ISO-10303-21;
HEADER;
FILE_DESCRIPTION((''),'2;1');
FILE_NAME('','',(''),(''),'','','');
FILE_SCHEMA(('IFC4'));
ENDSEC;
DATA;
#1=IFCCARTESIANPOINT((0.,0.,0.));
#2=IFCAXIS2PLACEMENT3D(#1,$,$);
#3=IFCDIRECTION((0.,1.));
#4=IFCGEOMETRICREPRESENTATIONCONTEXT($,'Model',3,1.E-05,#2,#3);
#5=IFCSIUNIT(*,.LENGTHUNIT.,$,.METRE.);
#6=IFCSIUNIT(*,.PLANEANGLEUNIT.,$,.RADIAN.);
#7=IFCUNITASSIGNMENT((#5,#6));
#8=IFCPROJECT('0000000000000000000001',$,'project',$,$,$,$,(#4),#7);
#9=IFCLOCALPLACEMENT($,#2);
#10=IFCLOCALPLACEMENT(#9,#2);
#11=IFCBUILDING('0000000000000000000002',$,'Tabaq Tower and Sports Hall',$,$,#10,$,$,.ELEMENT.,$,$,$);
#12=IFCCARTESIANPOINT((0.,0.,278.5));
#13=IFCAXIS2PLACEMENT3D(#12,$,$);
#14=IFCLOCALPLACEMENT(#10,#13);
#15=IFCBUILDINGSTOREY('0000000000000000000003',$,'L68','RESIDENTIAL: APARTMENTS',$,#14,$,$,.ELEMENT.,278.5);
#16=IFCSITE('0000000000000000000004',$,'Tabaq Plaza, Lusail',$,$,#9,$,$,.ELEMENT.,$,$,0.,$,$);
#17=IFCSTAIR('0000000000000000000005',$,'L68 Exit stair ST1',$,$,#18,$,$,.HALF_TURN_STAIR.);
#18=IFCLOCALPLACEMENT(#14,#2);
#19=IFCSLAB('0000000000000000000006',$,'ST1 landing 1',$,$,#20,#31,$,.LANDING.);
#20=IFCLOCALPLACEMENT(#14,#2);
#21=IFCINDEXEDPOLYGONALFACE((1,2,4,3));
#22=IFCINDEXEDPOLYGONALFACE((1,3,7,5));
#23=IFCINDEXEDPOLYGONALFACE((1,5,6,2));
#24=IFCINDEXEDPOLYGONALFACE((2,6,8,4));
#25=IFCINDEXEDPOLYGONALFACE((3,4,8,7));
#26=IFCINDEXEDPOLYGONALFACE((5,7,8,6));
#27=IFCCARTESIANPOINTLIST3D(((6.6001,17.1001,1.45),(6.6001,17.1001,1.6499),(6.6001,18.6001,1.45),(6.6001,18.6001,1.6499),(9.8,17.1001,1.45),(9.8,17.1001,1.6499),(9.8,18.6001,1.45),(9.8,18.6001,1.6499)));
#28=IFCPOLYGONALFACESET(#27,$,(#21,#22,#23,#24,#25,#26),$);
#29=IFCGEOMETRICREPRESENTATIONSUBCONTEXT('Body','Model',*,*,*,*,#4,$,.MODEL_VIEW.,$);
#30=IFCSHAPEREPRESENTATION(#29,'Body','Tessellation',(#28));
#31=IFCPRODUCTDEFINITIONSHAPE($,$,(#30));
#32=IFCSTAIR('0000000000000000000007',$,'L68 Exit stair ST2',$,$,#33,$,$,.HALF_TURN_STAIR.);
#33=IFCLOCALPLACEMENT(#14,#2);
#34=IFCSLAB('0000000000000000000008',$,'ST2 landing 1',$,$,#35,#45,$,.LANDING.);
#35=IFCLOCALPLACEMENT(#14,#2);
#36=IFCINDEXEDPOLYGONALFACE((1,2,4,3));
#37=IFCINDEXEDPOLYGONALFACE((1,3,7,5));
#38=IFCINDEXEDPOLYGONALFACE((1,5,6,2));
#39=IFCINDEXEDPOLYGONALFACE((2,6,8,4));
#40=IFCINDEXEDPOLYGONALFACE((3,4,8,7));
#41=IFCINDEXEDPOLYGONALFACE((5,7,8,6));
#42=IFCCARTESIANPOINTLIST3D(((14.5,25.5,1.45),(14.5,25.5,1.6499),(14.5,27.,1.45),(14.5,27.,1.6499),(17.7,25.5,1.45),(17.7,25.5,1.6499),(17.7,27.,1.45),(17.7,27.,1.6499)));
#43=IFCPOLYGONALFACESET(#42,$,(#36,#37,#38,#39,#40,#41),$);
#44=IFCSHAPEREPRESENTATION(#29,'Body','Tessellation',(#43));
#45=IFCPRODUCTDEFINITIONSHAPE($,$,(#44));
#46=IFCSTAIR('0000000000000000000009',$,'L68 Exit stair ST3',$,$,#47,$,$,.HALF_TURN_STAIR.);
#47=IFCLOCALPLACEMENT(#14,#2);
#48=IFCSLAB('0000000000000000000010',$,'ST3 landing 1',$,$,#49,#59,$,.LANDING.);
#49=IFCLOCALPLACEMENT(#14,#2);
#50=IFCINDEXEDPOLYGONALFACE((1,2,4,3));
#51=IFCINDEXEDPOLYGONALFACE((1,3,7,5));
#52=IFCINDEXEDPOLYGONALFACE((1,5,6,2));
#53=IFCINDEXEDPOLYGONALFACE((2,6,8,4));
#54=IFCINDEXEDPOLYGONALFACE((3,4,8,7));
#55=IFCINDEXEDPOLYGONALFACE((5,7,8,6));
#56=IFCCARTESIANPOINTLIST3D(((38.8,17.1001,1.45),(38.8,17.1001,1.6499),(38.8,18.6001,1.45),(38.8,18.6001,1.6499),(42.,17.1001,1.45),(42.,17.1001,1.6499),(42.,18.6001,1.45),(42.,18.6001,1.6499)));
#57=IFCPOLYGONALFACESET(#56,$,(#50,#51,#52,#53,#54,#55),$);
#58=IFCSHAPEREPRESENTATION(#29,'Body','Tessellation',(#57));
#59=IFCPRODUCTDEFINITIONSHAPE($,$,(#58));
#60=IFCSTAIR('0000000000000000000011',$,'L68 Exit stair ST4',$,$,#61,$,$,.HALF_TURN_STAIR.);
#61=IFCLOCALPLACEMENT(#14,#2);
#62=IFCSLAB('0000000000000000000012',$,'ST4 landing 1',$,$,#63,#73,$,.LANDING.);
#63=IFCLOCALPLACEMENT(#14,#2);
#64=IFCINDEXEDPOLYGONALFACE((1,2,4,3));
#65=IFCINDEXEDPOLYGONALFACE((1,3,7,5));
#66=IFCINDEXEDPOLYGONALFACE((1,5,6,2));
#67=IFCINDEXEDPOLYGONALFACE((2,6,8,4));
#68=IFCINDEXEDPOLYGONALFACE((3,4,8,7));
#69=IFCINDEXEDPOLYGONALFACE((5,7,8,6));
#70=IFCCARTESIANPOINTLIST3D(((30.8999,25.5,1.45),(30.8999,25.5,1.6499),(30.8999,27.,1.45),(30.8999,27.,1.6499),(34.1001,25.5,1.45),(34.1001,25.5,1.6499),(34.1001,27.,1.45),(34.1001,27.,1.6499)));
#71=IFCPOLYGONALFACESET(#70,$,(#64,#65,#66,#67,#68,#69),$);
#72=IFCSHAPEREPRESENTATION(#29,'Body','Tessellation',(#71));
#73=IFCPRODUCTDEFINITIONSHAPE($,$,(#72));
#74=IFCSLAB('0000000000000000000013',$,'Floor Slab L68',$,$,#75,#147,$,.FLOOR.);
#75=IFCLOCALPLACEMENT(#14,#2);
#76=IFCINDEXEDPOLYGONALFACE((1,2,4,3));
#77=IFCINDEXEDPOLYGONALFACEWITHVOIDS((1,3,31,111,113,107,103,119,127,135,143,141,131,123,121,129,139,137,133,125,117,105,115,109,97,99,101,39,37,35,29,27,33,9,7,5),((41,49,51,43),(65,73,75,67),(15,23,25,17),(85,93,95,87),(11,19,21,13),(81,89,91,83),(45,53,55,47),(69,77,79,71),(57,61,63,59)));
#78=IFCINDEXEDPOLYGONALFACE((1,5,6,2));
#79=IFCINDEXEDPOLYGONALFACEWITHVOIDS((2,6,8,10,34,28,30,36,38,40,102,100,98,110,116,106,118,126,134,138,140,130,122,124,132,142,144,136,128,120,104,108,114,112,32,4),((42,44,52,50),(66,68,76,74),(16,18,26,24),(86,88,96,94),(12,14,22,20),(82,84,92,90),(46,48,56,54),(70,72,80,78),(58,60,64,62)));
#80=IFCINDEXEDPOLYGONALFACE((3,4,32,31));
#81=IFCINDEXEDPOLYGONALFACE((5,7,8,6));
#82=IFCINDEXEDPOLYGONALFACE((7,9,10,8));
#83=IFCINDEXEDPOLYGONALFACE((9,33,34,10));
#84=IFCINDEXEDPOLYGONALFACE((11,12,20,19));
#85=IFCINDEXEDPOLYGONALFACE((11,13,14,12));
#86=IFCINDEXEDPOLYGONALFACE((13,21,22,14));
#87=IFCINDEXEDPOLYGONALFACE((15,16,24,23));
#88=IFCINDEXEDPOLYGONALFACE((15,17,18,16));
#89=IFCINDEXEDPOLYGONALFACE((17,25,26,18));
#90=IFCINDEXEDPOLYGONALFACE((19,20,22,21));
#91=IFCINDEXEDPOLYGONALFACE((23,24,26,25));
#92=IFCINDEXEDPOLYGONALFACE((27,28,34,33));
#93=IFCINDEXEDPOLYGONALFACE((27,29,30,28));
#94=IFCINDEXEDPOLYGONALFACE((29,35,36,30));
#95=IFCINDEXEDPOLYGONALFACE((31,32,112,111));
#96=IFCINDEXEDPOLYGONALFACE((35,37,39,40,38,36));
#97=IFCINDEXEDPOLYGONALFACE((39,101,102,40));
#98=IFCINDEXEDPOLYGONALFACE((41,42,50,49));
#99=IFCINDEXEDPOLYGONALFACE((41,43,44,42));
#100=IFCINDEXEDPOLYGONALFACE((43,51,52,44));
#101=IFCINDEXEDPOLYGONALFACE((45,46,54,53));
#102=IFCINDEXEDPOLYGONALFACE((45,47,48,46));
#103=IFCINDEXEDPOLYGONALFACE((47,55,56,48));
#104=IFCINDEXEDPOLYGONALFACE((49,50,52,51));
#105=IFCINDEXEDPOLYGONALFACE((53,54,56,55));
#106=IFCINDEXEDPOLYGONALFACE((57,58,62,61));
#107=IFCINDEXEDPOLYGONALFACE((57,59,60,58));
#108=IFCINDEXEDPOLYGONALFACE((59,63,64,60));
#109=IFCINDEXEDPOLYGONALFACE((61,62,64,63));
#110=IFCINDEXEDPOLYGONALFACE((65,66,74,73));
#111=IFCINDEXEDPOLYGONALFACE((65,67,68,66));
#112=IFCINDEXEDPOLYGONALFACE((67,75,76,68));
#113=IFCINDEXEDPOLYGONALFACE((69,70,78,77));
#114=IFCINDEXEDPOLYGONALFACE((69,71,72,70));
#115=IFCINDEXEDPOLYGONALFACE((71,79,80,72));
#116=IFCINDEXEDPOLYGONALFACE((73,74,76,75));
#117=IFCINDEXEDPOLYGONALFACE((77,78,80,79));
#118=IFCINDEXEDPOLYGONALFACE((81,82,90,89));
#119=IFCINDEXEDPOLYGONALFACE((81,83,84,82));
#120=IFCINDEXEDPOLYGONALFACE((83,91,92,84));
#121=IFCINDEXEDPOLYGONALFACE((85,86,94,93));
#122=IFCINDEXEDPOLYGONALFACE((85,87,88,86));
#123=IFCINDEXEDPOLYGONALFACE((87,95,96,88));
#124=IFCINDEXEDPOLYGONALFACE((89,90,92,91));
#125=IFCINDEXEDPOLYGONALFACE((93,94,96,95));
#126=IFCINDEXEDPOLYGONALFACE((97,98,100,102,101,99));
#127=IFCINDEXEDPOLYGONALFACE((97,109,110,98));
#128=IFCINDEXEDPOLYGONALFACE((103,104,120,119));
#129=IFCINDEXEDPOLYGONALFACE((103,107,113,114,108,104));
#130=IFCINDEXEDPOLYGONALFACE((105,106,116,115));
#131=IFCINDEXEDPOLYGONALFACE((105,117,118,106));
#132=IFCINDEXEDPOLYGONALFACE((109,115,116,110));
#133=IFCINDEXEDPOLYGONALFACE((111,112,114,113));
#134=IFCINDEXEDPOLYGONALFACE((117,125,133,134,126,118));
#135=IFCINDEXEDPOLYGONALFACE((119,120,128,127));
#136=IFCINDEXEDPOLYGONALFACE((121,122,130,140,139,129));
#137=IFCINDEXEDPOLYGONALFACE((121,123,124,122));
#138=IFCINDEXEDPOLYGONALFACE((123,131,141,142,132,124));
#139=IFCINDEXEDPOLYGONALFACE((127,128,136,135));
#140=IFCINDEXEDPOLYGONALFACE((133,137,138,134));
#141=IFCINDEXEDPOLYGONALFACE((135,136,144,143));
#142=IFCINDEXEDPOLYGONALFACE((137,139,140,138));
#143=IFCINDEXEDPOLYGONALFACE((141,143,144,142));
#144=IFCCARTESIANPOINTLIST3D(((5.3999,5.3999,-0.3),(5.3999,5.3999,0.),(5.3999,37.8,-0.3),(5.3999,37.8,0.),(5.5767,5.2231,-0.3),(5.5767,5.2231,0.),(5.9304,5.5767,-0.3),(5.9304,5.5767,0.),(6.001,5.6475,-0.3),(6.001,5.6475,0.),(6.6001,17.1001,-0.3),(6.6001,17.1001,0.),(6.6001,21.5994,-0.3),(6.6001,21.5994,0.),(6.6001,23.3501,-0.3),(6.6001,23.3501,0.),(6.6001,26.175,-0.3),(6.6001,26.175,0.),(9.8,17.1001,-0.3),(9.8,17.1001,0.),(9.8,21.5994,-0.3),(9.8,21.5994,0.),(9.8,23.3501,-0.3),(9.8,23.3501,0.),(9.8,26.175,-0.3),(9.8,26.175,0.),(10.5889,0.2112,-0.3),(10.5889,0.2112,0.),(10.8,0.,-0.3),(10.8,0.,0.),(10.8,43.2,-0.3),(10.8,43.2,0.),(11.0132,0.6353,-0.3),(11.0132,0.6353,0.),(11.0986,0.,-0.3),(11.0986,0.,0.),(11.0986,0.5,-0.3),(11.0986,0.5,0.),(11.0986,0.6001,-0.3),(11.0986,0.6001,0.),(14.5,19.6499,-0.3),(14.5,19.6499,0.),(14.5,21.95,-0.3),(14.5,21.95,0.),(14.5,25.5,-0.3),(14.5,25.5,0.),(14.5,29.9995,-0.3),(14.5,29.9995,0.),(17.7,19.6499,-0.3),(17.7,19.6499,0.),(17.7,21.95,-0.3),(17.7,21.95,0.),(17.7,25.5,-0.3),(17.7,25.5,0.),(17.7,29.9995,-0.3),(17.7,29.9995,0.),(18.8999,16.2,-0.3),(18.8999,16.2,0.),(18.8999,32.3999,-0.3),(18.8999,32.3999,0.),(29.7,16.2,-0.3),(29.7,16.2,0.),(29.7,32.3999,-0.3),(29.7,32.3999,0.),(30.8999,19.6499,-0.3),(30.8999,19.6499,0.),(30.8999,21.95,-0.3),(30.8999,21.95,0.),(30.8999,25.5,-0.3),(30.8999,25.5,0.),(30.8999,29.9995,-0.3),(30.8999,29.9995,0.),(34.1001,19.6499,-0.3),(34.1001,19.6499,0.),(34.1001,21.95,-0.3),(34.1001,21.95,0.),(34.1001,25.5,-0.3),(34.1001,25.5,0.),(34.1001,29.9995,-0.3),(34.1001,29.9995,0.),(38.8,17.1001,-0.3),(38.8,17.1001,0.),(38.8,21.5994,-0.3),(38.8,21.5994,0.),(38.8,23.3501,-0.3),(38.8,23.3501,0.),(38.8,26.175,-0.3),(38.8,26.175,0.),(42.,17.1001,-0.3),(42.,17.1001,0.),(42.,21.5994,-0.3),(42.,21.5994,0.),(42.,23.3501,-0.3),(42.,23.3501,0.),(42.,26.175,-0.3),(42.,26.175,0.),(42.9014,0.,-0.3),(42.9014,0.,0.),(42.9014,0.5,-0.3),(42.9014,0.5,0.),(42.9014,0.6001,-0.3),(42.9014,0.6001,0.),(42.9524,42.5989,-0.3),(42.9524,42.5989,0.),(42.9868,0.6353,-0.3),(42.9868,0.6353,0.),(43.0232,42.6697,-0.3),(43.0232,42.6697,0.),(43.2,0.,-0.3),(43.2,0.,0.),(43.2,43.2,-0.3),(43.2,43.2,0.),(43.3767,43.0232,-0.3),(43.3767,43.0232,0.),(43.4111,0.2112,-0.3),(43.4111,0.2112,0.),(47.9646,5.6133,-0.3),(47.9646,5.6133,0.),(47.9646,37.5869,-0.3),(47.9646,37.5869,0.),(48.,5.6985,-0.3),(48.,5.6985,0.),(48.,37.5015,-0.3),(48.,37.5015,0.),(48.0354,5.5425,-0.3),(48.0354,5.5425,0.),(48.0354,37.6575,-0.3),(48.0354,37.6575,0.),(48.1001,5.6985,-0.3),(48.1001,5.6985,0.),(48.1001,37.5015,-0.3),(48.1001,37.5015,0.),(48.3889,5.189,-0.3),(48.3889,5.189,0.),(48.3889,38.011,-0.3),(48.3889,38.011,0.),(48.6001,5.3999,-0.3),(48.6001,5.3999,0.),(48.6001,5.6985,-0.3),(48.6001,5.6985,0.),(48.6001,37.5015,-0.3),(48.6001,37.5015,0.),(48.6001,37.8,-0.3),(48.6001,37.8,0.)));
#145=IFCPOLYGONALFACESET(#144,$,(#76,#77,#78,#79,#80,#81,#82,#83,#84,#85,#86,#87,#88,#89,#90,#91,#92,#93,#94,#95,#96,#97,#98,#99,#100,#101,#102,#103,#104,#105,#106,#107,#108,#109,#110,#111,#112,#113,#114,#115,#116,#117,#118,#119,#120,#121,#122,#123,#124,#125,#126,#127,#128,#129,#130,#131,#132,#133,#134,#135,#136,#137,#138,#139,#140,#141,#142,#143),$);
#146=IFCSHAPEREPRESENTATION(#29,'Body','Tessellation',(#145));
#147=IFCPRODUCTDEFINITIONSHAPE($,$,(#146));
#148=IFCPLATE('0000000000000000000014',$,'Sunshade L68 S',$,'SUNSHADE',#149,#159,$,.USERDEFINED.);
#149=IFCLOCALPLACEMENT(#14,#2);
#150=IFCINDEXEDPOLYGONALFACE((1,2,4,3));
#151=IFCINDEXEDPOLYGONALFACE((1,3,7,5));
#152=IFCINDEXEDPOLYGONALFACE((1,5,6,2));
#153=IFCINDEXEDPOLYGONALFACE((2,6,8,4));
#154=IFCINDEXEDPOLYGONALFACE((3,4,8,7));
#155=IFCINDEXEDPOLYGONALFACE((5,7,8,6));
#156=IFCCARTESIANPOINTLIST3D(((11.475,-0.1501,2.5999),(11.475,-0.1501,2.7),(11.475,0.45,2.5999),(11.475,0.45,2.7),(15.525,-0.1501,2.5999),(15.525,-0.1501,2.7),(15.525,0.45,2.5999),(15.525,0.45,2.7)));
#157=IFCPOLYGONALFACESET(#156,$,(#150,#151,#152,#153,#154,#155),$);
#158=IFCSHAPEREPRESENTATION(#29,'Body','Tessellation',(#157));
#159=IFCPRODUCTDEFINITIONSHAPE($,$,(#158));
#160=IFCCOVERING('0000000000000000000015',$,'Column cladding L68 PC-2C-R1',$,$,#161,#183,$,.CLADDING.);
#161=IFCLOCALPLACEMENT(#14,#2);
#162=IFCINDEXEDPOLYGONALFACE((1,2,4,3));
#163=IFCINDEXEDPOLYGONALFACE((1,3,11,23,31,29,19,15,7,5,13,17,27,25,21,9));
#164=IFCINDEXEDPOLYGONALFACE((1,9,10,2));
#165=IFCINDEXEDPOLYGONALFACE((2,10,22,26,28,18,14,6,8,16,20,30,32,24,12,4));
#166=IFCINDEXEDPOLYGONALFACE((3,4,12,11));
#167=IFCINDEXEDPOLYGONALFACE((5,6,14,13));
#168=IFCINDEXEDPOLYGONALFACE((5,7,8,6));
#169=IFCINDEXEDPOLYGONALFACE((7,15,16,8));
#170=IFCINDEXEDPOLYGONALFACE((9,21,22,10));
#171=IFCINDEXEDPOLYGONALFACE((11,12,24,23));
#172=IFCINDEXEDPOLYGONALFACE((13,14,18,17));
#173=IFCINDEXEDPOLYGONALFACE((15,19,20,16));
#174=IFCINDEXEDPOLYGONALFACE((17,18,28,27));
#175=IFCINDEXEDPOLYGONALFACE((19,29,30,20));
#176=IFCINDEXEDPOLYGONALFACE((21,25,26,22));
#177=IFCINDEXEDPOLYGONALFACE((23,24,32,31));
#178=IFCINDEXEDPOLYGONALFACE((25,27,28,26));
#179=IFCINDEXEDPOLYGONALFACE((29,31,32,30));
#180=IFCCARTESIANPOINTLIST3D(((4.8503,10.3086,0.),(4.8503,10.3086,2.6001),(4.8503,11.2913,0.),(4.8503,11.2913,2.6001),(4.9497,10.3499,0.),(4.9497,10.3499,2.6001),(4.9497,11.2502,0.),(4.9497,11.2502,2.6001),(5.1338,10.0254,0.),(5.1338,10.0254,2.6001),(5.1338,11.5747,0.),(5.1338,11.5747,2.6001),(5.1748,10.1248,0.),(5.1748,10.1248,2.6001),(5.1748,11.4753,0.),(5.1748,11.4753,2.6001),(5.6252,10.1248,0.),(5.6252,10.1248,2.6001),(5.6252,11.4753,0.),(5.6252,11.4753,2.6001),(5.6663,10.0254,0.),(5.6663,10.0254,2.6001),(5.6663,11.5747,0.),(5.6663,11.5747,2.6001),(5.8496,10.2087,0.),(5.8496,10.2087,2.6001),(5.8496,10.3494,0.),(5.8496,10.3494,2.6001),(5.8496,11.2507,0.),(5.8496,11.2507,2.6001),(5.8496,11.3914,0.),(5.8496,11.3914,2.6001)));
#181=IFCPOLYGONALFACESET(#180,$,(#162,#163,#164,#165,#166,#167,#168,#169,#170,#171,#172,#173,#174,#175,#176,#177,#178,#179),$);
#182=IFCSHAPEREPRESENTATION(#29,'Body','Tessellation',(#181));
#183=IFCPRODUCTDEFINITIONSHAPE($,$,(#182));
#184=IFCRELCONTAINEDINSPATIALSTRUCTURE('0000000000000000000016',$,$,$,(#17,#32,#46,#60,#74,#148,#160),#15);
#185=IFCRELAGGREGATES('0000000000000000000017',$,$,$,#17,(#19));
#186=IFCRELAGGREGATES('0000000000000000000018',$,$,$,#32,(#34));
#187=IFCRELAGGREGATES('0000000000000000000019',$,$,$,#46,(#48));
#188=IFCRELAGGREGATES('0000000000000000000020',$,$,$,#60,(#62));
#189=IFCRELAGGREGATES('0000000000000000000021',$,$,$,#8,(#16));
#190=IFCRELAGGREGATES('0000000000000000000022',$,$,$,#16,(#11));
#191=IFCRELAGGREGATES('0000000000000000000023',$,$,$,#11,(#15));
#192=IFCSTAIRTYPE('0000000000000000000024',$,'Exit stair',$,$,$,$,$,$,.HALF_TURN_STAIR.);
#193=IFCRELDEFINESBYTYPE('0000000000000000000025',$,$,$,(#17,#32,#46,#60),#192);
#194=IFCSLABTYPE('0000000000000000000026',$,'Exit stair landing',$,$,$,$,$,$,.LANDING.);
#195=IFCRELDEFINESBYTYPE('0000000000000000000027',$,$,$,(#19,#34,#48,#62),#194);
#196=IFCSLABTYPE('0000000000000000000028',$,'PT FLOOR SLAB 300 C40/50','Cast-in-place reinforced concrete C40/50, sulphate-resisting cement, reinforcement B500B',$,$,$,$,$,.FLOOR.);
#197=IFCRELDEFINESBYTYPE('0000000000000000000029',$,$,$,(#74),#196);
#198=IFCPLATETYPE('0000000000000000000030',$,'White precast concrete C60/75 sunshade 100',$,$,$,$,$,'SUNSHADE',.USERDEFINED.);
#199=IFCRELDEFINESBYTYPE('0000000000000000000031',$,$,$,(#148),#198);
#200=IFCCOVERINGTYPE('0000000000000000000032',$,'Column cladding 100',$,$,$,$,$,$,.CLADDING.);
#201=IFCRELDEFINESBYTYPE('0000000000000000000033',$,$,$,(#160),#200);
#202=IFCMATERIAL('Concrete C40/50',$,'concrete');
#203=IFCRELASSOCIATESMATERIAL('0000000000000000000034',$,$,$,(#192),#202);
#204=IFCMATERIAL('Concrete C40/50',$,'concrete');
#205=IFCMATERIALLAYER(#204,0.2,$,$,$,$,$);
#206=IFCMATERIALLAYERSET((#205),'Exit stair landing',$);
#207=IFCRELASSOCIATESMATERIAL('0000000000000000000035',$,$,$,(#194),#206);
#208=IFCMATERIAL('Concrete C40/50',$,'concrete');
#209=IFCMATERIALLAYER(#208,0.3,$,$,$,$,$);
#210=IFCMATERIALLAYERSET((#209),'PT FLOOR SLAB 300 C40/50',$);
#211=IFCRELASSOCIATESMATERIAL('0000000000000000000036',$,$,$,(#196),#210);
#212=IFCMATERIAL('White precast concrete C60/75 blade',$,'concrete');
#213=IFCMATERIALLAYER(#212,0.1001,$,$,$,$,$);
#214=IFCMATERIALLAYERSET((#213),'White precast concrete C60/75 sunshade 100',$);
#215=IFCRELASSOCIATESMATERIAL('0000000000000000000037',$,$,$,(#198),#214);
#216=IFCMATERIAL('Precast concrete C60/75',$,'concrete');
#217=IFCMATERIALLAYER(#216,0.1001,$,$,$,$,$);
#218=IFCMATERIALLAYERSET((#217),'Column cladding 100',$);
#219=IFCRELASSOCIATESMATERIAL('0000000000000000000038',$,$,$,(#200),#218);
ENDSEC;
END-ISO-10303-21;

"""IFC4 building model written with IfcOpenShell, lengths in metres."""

from ifc_helpers import new_model, si_unit, direction, frame, origin, origin_2d, place, context, subcontext, project, spatial, polyline, rectangle, outline, extrude, material, layer, layer_set, type_object, element, aggregate, save


model = new_model("IFC4")

# Units and contexts
model_context = context("Model", 3, precision=1e-05, world=origin(), true_north=direction((0.0, 1.0)))
body_context = subcontext(model_context, "Body", "Model", "MODEL_VIEW")
ifc_project = project(units=[si_unit("LENGTHUNIT", "METRE"), si_unit("PLANEANGLEUNIT", "RADIAN")], contexts=[model_context])

# Site, building, storey
site_placement = place(None, origin())
site = spatial("IfcSite", under=ifc_project, at=site_placement, Name="Tabaq Plaza, Lusail", CompositionType="ELEMENT", RefElevation=0.0)
building_placement = place(site_placement, origin())
building = spatial("IfcBuilding", under=site, at=building_placement, Name="Tabaq Tower and Sports Hall", CompositionType="ELEMENT")
storey_placement = place(building_placement, frame((0.0, 0.0, 278.5)))
storey = spatial("IfcBuildingStorey", under=building, at=storey_placement, Name="L68", Description="RESIDENTIAL: APARTMENTS", CompositionType="ELEMENT", Elevation=278.5)

# Stairs, slabs
ifc_material_1 = material(Name="Concrete C40/50", Category="concrete")
stair_type = type_object("IfcStairType", Name="Exit stair", PredefinedType="HALF_TURN_STAIR", material=ifc_material_1)
stair_1_placement = place(storey_placement, origin())
stair_1 = element("IfcStair", 1, at=stair_1_placement, inside=storey, type_object=stair_type, Name="L68 Exit stair ST1", PredefinedType="HALF_TURN_STAIR")
ifc_material_2 = material(Name="Concrete C40/50", Category="concrete")
ifc_layer_1 = layer(ifc_material_2, 0.2)
ifc_layer_set_1 = layer_set([ifc_layer_1], Name="Exit stair landing")
slab_type_1 = type_object("IfcSlabType", Name="Exit stair landing", PredefinedType="LANDING", material=ifc_layer_set_1)
slab_1_placement = place(storey_placement, frame((0.0, 0.0, 1.45)))
slab_1 = element("IfcSlab", 2, at=slab_1_placement, type_object=slab_type_1, Name="ST1 landing 1", PredefinedType="LANDING", context=body_context, shape_type="SweptSolid", body=[
    extrude(outline(polyline([(6.6001, 18.6001), (6.6001, 17.1001), (9.8, 17.1001), (9.8, 18.6001), (6.6001, 18.6001)])), origin(), (0.0, 0.0, 1.0), 0.2),
])
aggregate(stair_1, [slab_1])
stair_2_placement = place(storey_placement, origin())
stair_2 = element("IfcStair", 3, at=stair_2_placement, inside=storey, type_object=stair_type, Name="L68 Exit stair ST2", PredefinedType="HALF_TURN_STAIR")
slab_2_placement = place(storey_placement, frame((0.0, 0.0, 1.45)))
slab_2 = element("IfcSlab", 4, at=slab_2_placement, type_object=slab_type_1, Name="ST2 landing 1", PredefinedType="LANDING", context=body_context, shape_type="SweptSolid", body=[
    extrude(outline(polyline([(14.5, 27.0), (14.5, 25.5), (17.7, 25.5), (17.7, 27.0), (14.5, 27.0)])), origin(), (0.0, 0.0, 1.0), 0.2),
])
aggregate(stair_2, [slab_2])
stair_3_placement = place(storey_placement, origin())
stair_3 = element("IfcStair", 5, at=stair_3_placement, inside=storey, type_object=stair_type, Name="L68 Exit stair ST3", PredefinedType="HALF_TURN_STAIR")
slab_3_placement = place(storey_placement, frame((0.0, 0.0, 1.45)))
slab_3 = element("IfcSlab", 6, at=slab_3_placement, type_object=slab_type_1, Name="ST3 landing 1", PredefinedType="LANDING", context=body_context, shape_type="SweptSolid", body=[
    extrude(outline(polyline([(38.8, 18.6001), (38.8, 17.1001), (42.0, 17.1001), (42.0, 18.6001), (38.8, 18.6001)])), origin(), (0.0, 0.0, 1.0), 0.2),
])
aggregate(stair_3, [slab_3])
stair_4_placement = place(storey_placement, origin())
stair_4 = element("IfcStair", 7, at=stair_4_placement, inside=storey, type_object=stair_type, Name="L68 Exit stair ST4", PredefinedType="HALF_TURN_STAIR")
slab_4_placement = place(storey_placement, frame((0.0, 0.0, 1.45)))
slab_4 = element("IfcSlab", 8, at=slab_4_placement, type_object=slab_type_1, Name="ST4 landing 1", PredefinedType="LANDING", context=body_context, shape_type="SweptSolid", body=[
    extrude(outline(polyline([(30.8999, 27.0), (30.8999, 25.5), (34.1001, 25.5), (34.1001, 27.0), (30.8999, 27.0)])), origin(), (0.0, 0.0, 1.0), 0.2),
])
aggregate(stair_4, [slab_4])

# Slab
ifc_material_3 = material(Name="Concrete C40/50", Category="concrete")
ifc_layer_2 = layer(ifc_material_3, 0.3)
ifc_layer_set_2 = layer_set([ifc_layer_2], Name="PT FLOOR SLAB 300 C40/50")
slab_type_2 = type_object("IfcSlabType", Name="PT FLOOR SLAB 300 C40/50", Description="Cast-in-place reinforced concrete C40/50, sulphate-resisting cement, reinforcement B500B", PredefinedType="FLOOR", material=ifc_layer_set_2)
slab_5_placement = place(storey_placement, frame((0.0, 0.0, -0.3)))
element("IfcSlab", 9, at=slab_5_placement, inside=storey, type_object=slab_type_2, Name="Floor Slab L68", PredefinedType="FLOOR", context=body_context, shape_type="SweptSolid", body=[
    extrude(outline(polyline([(5.3999, 37.8), (5.3999, 5.3999), (5.5767, 5.2231), (5.9304, 5.5767), (6.001, 5.6475), (11.0132, 0.6353), (10.5889, 0.2112), (10.8, 0.0), (11.0986, 0.0), (11.0986, 0.5), (11.0986, 0.6001), (42.9014, 0.6001), (42.9014, 0.5), (42.9014, 0.0), (43.2, 0.0), (43.4111, 0.2112), (42.9868, 0.6353), (47.9646, 5.6133), (48.0354, 5.5425), (48.3889, 5.189), (48.6001, 5.3999), (48.6001, 5.6985), (48.1001, 5.6985), (48.0, 5.6985), (48.0, 37.5015), (48.1001, 37.5015), (48.6001, 37.5015), (48.6001, 37.8), (48.3889, 38.011), (48.0354, 37.6575), (47.9646, 37.5869), (42.9524, 42.5989), (43.0232, 42.6697), (43.3767, 43.0232), (43.2, 43.2), (10.8, 43.2), (5.3999, 37.8)]), holes=[polyline([(6.6001, 21.5994), (9.8, 21.5994), (9.8, 17.1001), (6.6001, 17.1001), (6.6001, 21.5994)]), polyline([(38.8, 21.5994), (42.0, 21.5994), (42.0, 17.1001), (38.8, 17.1001), (38.8, 21.5994)]), polyline([(14.5, 21.95), (17.7, 21.95), (17.7, 19.6499), (14.5, 19.6499), (14.5, 21.95)]), polyline([(30.8999, 21.95), (34.1001, 21.95), (34.1001, 19.6499), (30.8999, 19.6499), (30.8999, 21.95)]), polyline([(18.8999, 16.2), (18.8999, 32.3999), (29.7, 32.3999), (29.7, 16.2), (18.8999, 16.2)]), polyline([(6.6001, 26.175), (9.8, 26.175), (9.8, 23.3501), (6.6001, 23.3501), (6.6001, 26.175)]), polyline([(38.8, 26.175), (42.0, 26.175), (42.0, 23.3501), (38.8, 23.3501), (38.8, 26.175)]), polyline([(17.7, 29.9995), (17.7, 25.5), (14.5, 25.5), (14.5, 29.9995), (17.7, 29.9995)]), polyline([(34.1001, 29.9995), (34.1001, 25.5), (30.8999, 25.5), (30.8999, 29.9995), (34.1001, 29.9995)])]), origin(), (0.0, 0.0, 1.0), 0.3),
])

# Plate
ifc_material_4 = material(Name="White precast concrete C60/75 blade", Category="concrete")
ifc_layer_3 = layer(ifc_material_4, 0.1001)
ifc_layer_set_3 = layer_set([ifc_layer_3], Name="White precast concrete C60/75 sunshade 100")
plate_type = type_object("IfcPlateType", Name="White precast concrete C60/75 sunshade 100", ElementType="SUNSHADE", PredefinedType="USERDEFINED", material=ifc_layer_set_3)
plate_placement = place(storey_placement, frame((13.5, 0.1499, 2.5999), z_axis=(0.0, 0.0, 1.0), x_axis=(1.0, 0.0, 0.0)))
element("IfcPlate", 10, at=plate_placement, inside=storey, type_object=plate_type, Name="Sunshade L68 S", ObjectType="SUNSHADE", PredefinedType="USERDEFINED", context=body_context, shape_type="SweptSolid", body=[
    extrude(rectangle(XDim=4.05, YDim=0.6001, at=origin_2d()), origin(), (0.0, 0.0, 1.0), 0.1001),
])

# Covering
ifc_material_5 = material(Name="Precast concrete C60/75", Category="concrete")
ifc_layer_4 = layer(ifc_material_5, 0.1001)
ifc_layer_set_4 = layer_set([ifc_layer_4], Name="Column cladding 100")
covering_type_1 = type_object("IfcCoveringType", Name="Column cladding 100", PredefinedType="CLADDING", material=ifc_layer_set_4)
covering_1_placement = place(storey_placement, origin())
element("IfcCovering", 11, at=covering_1_placement, inside=storey, type_object=covering_type_1, Name="Column cladding L68 PC-2C-R1", PredefinedType="CLADDING", context=body_context, shape_type="SweptSolid", body=[
    extrude(outline(polyline([(5.1338, 10.0254), (4.8503, 10.3086), (4.8503, 11.2913), (5.1338, 11.5747), (5.6663, 11.5747), (5.8496, 11.3914), (5.8496, 11.2507), (5.6252, 11.4753), (5.1748, 11.4753), (4.9497, 11.2502), (4.9497, 10.3499), (5.1748, 10.1248), (5.6252, 10.1248), (5.8496, 10.3494), (5.8496, 10.2087), (5.6663, 10.0254), (5.1338, 10.0254)])), origin(), (0.0, 0.0, 1.0), 2.6001),
])

save(model, "model.ifc")
